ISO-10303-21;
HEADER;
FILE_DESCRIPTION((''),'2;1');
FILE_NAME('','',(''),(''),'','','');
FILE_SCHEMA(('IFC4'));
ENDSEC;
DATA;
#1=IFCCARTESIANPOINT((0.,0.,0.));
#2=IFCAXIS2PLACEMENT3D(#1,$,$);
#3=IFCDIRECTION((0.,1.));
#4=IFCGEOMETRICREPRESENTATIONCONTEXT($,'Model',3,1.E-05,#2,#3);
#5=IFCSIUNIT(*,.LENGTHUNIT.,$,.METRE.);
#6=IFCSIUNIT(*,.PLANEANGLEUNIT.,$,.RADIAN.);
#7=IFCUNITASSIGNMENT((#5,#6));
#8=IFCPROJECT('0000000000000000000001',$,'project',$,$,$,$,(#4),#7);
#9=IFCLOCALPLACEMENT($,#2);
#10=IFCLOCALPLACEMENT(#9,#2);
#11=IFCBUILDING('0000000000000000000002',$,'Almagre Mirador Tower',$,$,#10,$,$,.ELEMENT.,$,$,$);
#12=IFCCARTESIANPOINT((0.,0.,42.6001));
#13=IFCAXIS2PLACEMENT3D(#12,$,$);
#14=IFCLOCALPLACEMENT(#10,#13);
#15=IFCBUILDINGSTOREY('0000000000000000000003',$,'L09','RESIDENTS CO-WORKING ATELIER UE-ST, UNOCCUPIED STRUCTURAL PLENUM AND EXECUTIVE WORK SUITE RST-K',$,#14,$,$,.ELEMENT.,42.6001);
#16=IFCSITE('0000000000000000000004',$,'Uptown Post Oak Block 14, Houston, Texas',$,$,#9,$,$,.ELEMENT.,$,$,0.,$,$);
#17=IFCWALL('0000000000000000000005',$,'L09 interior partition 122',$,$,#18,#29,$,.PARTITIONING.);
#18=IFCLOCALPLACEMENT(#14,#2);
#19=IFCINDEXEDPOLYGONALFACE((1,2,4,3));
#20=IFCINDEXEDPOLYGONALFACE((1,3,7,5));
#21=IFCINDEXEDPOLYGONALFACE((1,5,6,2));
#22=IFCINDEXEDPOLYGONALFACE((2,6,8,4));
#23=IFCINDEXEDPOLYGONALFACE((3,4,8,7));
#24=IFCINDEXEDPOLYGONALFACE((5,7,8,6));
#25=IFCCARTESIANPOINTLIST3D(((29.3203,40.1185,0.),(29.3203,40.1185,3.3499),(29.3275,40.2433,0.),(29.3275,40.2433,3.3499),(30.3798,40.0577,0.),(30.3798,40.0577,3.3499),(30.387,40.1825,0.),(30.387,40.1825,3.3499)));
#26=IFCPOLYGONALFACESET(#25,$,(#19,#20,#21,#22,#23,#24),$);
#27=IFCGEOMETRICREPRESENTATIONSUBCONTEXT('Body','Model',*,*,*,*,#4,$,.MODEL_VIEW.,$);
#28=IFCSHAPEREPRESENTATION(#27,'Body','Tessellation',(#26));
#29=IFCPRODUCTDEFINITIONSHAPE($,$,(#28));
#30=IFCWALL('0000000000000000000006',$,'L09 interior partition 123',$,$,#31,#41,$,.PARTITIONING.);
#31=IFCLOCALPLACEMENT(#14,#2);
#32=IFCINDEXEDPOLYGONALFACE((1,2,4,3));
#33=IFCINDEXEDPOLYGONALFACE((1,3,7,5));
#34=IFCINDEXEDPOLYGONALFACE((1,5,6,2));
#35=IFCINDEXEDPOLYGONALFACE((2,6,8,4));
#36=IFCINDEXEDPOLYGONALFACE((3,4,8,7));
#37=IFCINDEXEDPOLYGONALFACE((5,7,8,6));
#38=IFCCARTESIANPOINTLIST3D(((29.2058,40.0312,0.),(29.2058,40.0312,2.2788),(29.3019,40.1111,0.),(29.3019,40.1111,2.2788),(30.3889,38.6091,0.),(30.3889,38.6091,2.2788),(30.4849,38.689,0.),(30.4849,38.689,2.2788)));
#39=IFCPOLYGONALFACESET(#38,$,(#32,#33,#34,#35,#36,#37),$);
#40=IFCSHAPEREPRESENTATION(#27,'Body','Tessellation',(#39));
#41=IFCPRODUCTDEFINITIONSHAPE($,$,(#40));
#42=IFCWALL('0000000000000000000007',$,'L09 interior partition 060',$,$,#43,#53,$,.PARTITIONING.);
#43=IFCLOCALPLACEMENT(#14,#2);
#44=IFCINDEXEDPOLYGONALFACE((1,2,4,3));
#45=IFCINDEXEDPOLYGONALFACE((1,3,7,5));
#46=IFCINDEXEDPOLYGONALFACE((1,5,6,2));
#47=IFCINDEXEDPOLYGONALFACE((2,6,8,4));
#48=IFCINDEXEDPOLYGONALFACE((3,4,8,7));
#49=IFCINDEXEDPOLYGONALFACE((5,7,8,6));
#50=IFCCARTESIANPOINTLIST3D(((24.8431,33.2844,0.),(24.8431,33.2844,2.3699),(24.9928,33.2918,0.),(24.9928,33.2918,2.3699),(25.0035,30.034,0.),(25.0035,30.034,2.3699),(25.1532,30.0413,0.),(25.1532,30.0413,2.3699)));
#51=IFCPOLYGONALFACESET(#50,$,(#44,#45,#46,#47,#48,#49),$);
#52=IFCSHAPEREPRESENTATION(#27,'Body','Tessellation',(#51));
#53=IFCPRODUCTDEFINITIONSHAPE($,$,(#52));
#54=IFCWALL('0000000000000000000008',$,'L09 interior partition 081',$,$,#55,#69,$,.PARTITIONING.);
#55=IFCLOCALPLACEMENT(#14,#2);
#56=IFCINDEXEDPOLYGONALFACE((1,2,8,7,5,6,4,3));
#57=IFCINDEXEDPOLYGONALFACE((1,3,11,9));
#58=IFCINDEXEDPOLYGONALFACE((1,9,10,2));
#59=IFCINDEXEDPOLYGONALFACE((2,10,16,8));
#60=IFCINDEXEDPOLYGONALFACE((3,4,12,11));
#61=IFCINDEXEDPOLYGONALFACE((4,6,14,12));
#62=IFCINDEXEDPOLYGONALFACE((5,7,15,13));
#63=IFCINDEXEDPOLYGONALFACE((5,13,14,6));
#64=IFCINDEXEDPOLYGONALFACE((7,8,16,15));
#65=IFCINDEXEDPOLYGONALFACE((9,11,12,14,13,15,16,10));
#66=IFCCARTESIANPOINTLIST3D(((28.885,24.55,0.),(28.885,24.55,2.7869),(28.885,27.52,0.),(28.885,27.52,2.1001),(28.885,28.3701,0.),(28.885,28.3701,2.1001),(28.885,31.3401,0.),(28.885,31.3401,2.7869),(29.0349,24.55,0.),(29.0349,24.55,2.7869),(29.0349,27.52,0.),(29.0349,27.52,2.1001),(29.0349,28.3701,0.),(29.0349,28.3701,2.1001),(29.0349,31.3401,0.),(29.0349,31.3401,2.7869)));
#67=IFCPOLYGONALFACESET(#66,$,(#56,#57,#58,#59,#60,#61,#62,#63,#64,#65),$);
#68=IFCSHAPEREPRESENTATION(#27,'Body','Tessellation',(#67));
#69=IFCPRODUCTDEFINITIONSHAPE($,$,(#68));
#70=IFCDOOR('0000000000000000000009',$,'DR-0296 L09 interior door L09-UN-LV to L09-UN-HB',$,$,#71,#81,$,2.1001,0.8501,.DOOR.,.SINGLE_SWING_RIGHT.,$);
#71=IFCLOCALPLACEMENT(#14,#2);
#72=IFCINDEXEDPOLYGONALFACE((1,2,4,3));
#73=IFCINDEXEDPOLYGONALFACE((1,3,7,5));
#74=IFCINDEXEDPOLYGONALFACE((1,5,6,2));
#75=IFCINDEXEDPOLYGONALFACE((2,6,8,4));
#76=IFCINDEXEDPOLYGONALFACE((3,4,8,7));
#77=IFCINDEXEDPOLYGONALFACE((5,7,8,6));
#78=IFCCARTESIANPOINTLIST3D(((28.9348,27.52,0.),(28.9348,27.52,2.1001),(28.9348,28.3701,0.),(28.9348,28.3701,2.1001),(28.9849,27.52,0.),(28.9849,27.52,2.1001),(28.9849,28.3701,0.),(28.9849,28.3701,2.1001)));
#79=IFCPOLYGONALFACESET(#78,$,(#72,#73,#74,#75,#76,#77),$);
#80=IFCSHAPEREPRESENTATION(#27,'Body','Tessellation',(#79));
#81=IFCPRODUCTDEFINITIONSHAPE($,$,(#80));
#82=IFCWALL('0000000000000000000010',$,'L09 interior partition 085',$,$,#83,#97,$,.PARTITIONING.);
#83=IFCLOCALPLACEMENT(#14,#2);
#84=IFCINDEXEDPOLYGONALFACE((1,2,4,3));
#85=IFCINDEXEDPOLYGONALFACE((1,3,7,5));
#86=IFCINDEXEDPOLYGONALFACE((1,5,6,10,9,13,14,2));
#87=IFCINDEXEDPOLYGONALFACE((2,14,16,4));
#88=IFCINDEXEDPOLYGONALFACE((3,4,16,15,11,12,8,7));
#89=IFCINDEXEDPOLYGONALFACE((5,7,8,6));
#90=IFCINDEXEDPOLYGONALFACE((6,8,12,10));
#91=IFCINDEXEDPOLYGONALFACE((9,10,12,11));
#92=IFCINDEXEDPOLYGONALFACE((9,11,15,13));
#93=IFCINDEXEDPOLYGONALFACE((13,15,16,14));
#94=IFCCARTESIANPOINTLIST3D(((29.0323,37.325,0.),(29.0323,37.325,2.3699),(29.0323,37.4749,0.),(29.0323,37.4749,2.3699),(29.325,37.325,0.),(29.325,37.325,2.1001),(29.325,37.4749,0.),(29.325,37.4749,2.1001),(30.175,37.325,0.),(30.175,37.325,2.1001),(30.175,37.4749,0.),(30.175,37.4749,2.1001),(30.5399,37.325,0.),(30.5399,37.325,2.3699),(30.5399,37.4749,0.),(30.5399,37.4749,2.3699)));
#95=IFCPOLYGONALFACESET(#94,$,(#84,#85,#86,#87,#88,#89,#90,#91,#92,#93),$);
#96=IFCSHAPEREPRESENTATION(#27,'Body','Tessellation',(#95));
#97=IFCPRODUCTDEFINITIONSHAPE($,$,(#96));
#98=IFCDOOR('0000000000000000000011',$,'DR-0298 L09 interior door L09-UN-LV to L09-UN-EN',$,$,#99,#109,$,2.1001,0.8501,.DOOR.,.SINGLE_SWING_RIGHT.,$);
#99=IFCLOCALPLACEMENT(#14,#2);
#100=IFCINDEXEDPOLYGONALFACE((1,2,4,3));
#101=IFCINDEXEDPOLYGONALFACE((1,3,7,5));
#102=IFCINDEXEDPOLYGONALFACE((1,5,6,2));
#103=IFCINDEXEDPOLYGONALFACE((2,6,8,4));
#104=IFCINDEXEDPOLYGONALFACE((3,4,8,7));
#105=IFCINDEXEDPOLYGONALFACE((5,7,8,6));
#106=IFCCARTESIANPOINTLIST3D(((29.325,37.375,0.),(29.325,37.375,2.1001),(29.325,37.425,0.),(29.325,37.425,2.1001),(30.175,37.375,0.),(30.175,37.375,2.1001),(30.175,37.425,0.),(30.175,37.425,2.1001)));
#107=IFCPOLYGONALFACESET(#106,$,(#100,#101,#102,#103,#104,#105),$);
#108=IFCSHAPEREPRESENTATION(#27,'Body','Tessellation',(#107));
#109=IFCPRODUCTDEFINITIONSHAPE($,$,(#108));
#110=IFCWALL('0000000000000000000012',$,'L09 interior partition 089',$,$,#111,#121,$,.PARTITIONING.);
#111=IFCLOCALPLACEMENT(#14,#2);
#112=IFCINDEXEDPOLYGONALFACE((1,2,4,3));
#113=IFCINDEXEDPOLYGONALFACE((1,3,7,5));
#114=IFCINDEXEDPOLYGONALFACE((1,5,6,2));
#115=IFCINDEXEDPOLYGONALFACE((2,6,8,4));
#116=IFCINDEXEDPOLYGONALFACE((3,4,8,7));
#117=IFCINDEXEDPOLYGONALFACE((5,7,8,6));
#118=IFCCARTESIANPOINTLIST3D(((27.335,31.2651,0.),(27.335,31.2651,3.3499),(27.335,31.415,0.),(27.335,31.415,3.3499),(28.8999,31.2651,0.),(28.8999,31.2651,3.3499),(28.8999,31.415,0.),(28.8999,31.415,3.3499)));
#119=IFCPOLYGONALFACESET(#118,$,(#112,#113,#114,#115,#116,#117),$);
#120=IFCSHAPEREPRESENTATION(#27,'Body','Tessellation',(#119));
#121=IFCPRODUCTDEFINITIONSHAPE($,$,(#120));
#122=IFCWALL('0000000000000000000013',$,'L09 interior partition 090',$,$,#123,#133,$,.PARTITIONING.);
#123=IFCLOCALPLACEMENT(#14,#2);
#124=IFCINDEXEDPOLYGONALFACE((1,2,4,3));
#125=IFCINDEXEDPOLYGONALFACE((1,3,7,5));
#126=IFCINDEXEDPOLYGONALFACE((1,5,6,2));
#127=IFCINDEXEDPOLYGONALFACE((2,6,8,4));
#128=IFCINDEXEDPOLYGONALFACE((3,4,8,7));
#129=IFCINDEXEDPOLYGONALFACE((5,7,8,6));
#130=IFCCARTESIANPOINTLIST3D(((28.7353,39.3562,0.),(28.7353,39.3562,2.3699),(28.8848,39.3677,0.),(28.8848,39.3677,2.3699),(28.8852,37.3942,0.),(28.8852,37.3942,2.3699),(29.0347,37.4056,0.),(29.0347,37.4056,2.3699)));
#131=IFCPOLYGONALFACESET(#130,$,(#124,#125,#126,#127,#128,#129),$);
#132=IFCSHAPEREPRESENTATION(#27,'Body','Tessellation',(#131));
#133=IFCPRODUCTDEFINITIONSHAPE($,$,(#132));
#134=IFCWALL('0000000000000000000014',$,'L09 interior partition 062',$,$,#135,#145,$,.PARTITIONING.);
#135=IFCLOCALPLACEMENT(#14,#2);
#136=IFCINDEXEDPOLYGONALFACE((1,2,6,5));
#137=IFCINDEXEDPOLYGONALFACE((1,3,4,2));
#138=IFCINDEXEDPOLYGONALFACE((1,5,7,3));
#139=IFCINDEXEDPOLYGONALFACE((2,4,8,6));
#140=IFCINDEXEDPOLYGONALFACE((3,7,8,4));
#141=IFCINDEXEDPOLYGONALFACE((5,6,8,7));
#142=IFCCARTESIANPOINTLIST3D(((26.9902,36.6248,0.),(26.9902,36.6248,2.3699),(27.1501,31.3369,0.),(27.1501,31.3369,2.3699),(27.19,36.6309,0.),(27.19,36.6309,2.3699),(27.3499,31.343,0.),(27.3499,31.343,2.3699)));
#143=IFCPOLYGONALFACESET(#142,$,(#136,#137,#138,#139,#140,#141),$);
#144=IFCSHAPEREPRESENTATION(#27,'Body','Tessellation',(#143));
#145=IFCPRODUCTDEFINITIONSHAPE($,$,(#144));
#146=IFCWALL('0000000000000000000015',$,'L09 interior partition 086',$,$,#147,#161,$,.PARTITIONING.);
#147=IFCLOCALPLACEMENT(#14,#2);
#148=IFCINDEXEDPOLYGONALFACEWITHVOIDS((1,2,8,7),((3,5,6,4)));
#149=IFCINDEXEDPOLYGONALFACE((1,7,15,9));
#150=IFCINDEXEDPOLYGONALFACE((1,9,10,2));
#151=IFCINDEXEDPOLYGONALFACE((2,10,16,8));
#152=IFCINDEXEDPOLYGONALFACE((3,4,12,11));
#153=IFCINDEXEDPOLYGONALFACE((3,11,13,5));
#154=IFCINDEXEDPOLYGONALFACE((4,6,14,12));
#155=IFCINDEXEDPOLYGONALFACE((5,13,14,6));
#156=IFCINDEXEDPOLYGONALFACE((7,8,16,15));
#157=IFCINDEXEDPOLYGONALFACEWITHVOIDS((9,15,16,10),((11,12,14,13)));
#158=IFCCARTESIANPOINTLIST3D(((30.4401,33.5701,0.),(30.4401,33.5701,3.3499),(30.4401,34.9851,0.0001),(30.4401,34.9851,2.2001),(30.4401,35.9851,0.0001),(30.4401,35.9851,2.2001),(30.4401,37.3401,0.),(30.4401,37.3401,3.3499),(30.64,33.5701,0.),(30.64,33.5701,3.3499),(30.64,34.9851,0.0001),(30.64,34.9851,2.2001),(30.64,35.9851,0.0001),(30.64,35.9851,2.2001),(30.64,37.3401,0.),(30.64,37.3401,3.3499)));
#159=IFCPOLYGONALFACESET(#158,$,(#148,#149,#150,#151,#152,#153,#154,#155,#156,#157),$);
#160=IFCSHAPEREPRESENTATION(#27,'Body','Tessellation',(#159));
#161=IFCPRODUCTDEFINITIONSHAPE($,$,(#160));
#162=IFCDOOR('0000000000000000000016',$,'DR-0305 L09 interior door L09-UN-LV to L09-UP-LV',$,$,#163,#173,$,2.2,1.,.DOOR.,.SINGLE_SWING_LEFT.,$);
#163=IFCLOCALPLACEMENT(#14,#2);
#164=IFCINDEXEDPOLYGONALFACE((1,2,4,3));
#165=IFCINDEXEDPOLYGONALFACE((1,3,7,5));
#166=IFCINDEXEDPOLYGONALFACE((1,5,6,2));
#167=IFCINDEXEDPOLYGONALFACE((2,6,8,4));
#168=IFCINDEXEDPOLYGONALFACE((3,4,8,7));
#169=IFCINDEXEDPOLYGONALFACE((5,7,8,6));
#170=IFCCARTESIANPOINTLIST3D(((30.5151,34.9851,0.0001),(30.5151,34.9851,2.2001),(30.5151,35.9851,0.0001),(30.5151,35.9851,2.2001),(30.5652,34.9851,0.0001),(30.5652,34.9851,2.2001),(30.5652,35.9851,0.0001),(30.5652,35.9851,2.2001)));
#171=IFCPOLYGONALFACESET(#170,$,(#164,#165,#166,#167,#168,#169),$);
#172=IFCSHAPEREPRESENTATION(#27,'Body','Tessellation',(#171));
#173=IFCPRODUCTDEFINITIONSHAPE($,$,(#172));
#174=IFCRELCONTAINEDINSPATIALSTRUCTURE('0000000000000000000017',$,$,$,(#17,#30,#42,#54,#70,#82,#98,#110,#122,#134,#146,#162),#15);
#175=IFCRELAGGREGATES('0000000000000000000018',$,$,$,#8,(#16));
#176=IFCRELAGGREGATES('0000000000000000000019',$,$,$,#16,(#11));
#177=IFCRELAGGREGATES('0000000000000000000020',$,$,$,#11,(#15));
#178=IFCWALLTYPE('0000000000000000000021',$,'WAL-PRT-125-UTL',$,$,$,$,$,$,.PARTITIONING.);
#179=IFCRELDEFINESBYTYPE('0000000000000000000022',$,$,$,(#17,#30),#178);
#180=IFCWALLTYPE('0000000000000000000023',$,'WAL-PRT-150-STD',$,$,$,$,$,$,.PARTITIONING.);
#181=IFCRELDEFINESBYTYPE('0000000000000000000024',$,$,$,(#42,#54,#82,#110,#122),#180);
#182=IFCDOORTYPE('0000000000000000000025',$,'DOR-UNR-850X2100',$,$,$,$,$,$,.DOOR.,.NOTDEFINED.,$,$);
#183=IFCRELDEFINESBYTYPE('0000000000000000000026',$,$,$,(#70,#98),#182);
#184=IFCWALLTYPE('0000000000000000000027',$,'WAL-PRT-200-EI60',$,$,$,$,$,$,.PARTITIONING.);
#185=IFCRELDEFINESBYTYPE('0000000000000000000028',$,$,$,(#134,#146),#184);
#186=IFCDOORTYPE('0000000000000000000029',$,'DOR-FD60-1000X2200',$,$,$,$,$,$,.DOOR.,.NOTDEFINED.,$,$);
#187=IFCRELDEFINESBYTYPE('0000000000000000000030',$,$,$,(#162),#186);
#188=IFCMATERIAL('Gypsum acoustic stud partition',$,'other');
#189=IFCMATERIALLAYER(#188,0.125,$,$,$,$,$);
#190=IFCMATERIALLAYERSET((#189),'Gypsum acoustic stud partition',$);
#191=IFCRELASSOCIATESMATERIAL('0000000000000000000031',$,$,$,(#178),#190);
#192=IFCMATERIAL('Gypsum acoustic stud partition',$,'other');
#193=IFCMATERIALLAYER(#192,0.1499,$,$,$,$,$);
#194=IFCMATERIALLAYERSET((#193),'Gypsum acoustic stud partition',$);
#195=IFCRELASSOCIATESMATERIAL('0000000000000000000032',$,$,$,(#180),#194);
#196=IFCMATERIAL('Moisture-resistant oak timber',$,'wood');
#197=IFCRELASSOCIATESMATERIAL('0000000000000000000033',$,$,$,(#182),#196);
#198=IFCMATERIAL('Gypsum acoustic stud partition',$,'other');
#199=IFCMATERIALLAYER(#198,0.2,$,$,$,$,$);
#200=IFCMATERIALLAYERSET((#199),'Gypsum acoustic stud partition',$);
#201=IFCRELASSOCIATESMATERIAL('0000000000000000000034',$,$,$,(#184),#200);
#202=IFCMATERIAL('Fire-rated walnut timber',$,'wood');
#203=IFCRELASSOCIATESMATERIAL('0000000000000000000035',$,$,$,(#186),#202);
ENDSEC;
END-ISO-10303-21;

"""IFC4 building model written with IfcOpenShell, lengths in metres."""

from ifc_helpers import new_model, si_unit, direction, frame, frame_2d, origin, place, context, subcontext, project, spatial, rectangle, extrude, material, layer, layer_set, type_object, element, fill, save


model = new_model("IFC4")

# Units and contexts
model_context = context("Model", 3, precision=1e-05, world=origin(), true_north=direction((0.0, 1.0)))
body_context = subcontext(model_context, "Body", "Model", "MODEL_VIEW")
ifc_project = project(units=[si_unit("LENGTHUNIT", "METRE"), si_unit("PLANEANGLEUNIT", "RADIAN")], contexts=[model_context])

# Site, building, storey
site_placement = place(None, origin())
site = spatial("IfcSite", under=ifc_project, at=site_placement, Name="Uptown Post Oak Block 14, Houston, Texas", CompositionType="ELEMENT", RefElevation=0.0)
building_placement = place(site_placement, origin())
building = spatial("IfcBuilding", under=site, at=building_placement, Name="Almagre Mirador Tower", CompositionType="ELEMENT")
storey_placement = place(building_placement, frame((0.0, 0.0, 42.6001)))
storey = spatial("IfcBuildingStorey", under=building, at=storey_placement, Name="L09", Description="RESIDENTS CO-WORKING ATELIER UE-ST, UNOCCUPIED STRUCTURAL PLENUM AND EXECUTIVE WORK SUITE RST-K", CompositionType="ELEMENT", Elevation=42.6001)

# Shared definitions
ifc_material_1 = material(Name="Gypsum acoustic stud partition", Category="other")
ifc_layer_1 = layer(ifc_material_1, 0.125)
ifc_layer_set_1 = layer_set([ifc_layer_1], Name="Gypsum acoustic stud partition")
wall_type_1 = type_object("IfcWallType", Name="WAL-PRT-125-UTL", PredefinedType="PARTITIONING", material=ifc_layer_set_1)

# Walls
wall_1_placement = place(storey_placement, frame((30.3835, 40.1201, 0.0), z_axis=(0.0, 0.0, 1.0), x_axis=(-0.998358, 0.057279, 0.0)))
element("IfcWall", 1, at=wall_1_placement, inside=storey, type_object=wall_type_1, Name="L09 interior partition 122", PredefinedType="PARTITIONING", context=body_context, shape_type="SweptSolid", body=[
    extrude(rectangle(XDim=1.0613, YDim=0.125, at=frame_2d((0.5308, 0.0))), origin(), (0.0, 0.0, 1.0), 3.3499),
])
wall_2_placement = place(storey_placement, frame((29.2539, 40.071, 0.0), z_axis=(0.0, 0.0, 1.0), x_axis=(0.639548, -0.768751, 0.0)))
element("IfcWall", 2, at=wall_2_placement, inside=storey, type_object=wall_type_1, Name="L09 interior partition 123", PredefinedType="PARTITIONING", context=body_context, shape_type="SweptSolid", body=[
    extrude(rectangle(XDim=1.8499, YDim=0.125, at=frame_2d((0.9248, 0.0))), origin(), (0.0, 0.0, 1.0), 2.2788),
])
ifc_material_2 = material(Name="Gypsum acoustic stud partition", Category="other")
ifc_layer_2 = layer(ifc_material_2, 0.1499)
ifc_layer_set_2 = layer_set([ifc_layer_2], Name="Gypsum acoustic stud partition")
wall_type_2 = type_object("IfcWallType", Name="WAL-PRT-150-STD", PredefinedType="PARTITIONING", material=ifc_layer_set_2)
wall_3_placement = place(storey_placement, frame((24.918, 33.2881, 0.0), z_axis=(0.0, 0.0, 1.0), x_axis=(0.049287, -0.998785, 0.0)))
element("IfcWall", 3, at=wall_3_placement, inside=storey, type_object=wall_type_2, Name="L09 interior partition 060", PredefinedType="PARTITIONING", context=body_context, shape_type="SweptSolid", body=[
    extrude(rectangle(XDim=3.2544, YDim=0.1499, at=frame_2d((1.6272, 0.0))), origin(), (0.0, 0.0, 1.0), 2.3699),
])

# Walls, openings, doors
wall_4_placement = place(storey_placement, frame((28.96, 31.3401, 0.0), z_axis=(0.0, 0.0, 1.0), x_axis=(0.0, -1.0, 0.0)))
wall_4 = element("IfcWall", 4, at=wall_4_placement, inside=storey, type_object=wall_type_2, Name="L09 interior partition 081", PredefinedType="PARTITIONING", context=body_context, shape_type="SweptSolid", body=[
    extrude(rectangle(XDim=6.79, YDim=0.1499, at=frame_2d((3.395, 0.0))), origin(), (0.0, 0.0, 1.0), 2.7869),
])
opening_1_placement = place(wall_4_placement, frame((2.97, 0.0, 0.0)))
opening_1 = element("IfcOpeningElement", 5, at=opening_1_placement, cuts=wall_4, PredefinedType="OPENING", context=body_context, shape_type="SweptSolid", body=[
    extrude(rectangle(XDim=0.8501, YDim=2.1001, at=frame_2d((0.425, 1.05))), frame((0.0, 0.085, 0.0), z_axis=(0.0, -1.0, 0.0), x_axis=(1.0, 0.0, 0.0)), (0.0, 0.0, 1.0), 0.1699),
])
ifc_material_3 = material(Name="Moisture-resistant oak timber", Category="wood")
door_type_1 = type_object("IfcDoorType", Name="DOR-UNR-850X2100", OperationType="NOTDEFINED", PredefinedType="DOOR", material=ifc_material_3)
door_1_placement = place(opening_1_placement, origin())
door_1 = element("IfcDoor", 6, at=door_1_placement, inside=storey, type_object=door_type_1, Name="DR-0296 L09 interior door L09-UN-LV to L09-UN-HB", OperationType="SINGLE_SWING_RIGHT", OverallHeight=2.1001, OverallWidth=0.8501, PredefinedType="DOOR", context=body_context, shape_type="SweptSolid", body=[
    extrude(rectangle(XDim=0.8501, YDim=2.1001, at=frame_2d((0.425, 1.05))), frame((0.0, 0.0249, 0.0), z_axis=(0.0, -1.0, 0.0), x_axis=(1.0, 0.0, 0.0)), (0.0, 0.0, 1.0), 0.05),
])
fill(opening_1, door_1)
wall_5_placement = place(storey_placement, frame((30.54, 37.3999, 0.0), z_axis=(0.0, 0.0, 1.0), x_axis=(-1.0, 0.0, 0.0)))
wall_5 = element("IfcWall", 7, at=wall_5_placement, inside=storey, type_object=wall_type_2, Name="L09 interior partition 085", PredefinedType="PARTITIONING", context=body_context, shape_type="SweptSolid", body=[
    extrude(rectangle(XDim=1.5076, YDim=0.1499, at=frame_2d((0.7539, 0.0))), origin(), (0.0, 0.0, 1.0), 2.3699),
])
opening_2_placement = place(wall_5_placement, frame((0.365, 0.0, 0.0)))
opening_2 = element("IfcOpeningElement", 8, at=opening_2_placement, cuts=wall_5, PredefinedType="OPENING", context=body_context, shape_type="SweptSolid", body=[
    extrude(rectangle(XDim=0.8501, YDim=2.1001, at=frame_2d((0.425, 1.05))), frame((0.0, 0.085, 0.0), z_axis=(0.0, -1.0, 0.0), x_axis=(1.0, 0.0, 0.0)), (0.0, 0.0, 1.0), 0.1699),
])
door_2_placement = place(opening_2_placement, origin())
door_2 = element("IfcDoor", 9, at=door_2_placement, inside=storey, type_object=door_type_1, Name="DR-0298 L09 interior door L09-UN-LV to L09-UN-EN", OperationType="SINGLE_SWING_RIGHT", OverallHeight=2.1001, OverallWidth=0.8501, PredefinedType="DOOR", context=body_context, shape_type="SweptSolid", body=[
    extrude(rectangle(XDim=0.8501, YDim=2.1001, at=frame_2d((0.425, 1.05))), frame((0.0, 0.0249, 0.0), z_axis=(0.0, -1.0, 0.0), x_axis=(1.0, 0.0, 0.0)), (0.0, 0.0, 1.0), 0.05),
])
fill(opening_2, door_2)

# Walls
wall_6_placement = place(storey_placement, frame((28.8999, 31.3401, 0.0), z_axis=(0.0, 0.0, 1.0), x_axis=(-1.0, 0.0, 0.0)))
element("IfcWall", 10, at=wall_6_placement, inside=storey, type_object=wall_type_2, Name="L09 interior partition 089", PredefinedType="PARTITIONING", context=body_context, shape_type="SweptSolid", body=[
    extrude(rectangle(XDim=1.5649, YDim=0.1499, at=frame_2d((0.7825, 0.0))), origin(), (0.0, 0.0, 1.0), 3.3499),
])
wall_7_placement = place(storey_placement, frame((28.96, 37.3999, 0.0), z_axis=(0.0, 0.0, 1.0), x_axis=(-0.076175, 0.997094, 0.0)))
element("IfcWall", 11, at=wall_7_placement, inside=storey, type_object=wall_type_2, Name="L09 interior partition 090", PredefinedType="PARTITIONING", context=body_context, shape_type="SweptSolid", body=[
    extrude(rectangle(XDim=1.9678, YDim=0.1499, at=frame_2d((0.9839, 0.0))), origin(), (0.0, 0.0, 1.0), 2.3699),
])

# Wall
ifc_material_4 = material(Name="Gypsum acoustic stud partition", Category="other")
ifc_layer_3 = layer(ifc_material_4, 0.2)
ifc_layer_set_3 = layer_set([ifc_layer_3], Name="Gypsum acoustic stud partition")
wall_type_3 = type_object("IfcWallType", Name="WAL-PRT-200-EI60", PredefinedType="PARTITIONING", material=ifc_layer_set_3)
wall_8_placement = place(storey_placement, frame((27.25, 31.3401, 0.0), z_axis=(0.0, 0.0, 1.0), x_axis=(-0.030228, 0.999543, 0.0)))
element("IfcWall", 12, at=wall_8_placement, inside=storey, type_object=wall_type_3, Name="L09 interior partition 062", PredefinedType="PARTITIONING", context=body_context, shape_type="SweptSolid", body=[
    extrude(rectangle(XDim=5.2903, YDim=0.2, at=frame_2d((2.645, 0.0))), origin(), (0.0, 0.0, 1.0), 2.3699),
])

# Wall, opening, door
wall_9_placement = place(storey_placement, frame((30.54, 33.5701, 0.0), z_axis=(0.0, 0.0, 1.0), x_axis=(0.0, 1.0, 0.0)))
wall_9 = element("IfcWall", 13, at=wall_9_placement, inside=storey, type_object=wall_type_3, Name="L09 interior partition 086", PredefinedType="PARTITIONING", context=body_context, shape_type="SweptSolid", body=[
    extrude(rectangle(XDim=3.77, YDim=0.2, at=frame_2d((1.885, 0.0))), origin(), (0.0, 0.0, 1.0), 3.3499),
])
opening_3_placement = place(wall_9_placement, frame((1.415, 0.0, 0.0)))
opening_3 = element("IfcOpeningElement", 14, at=opening_3_placement, cuts=wall_9, PredefinedType="OPENING", context=body_context, shape_type="SweptSolid", body=[
    extrude(rectangle(XDim=1.0, YDim=2.2, at=frame_2d((0.5, 1.1001))), frame((0.0, 0.1101, 0.0), z_axis=(0.0, -1.0, 0.0), x_axis=(1.0, 0.0, 0.0)), (0.0, 0.0, 1.0), 0.22),
])
ifc_material_5 = material(Name="Fire-rated walnut timber", Category="wood")
door_type_2 = type_object("IfcDoorType", Name="DOR-FD60-1000X2200", OperationType="NOTDEFINED", PredefinedType="DOOR", material=ifc_material_5)
door_3_placement = place(opening_3_placement, origin())
door_3 = element("IfcDoor", 15, at=door_3_placement, inside=storey, type_object=door_type_2, Name="DR-0305 L09 interior door L09-UN-LV to L09-UP-LV", OperationType="SINGLE_SWING_LEFT", OverallHeight=2.2, OverallWidth=1.0, PredefinedType="DOOR", context=body_context, shape_type="SweptSolid", body=[
    extrude(rectangle(XDim=1.0, YDim=2.2, at=frame_2d((0.5, 1.1001))), frame((0.0, 0.0249, 0.0), z_axis=(0.0, -1.0, 0.0), x_axis=(1.0, 0.0, 0.0)), (0.0, 0.0, 1.0), 0.05),
])
fill(opening_3, door_3)

save(model, "model.ifc")
